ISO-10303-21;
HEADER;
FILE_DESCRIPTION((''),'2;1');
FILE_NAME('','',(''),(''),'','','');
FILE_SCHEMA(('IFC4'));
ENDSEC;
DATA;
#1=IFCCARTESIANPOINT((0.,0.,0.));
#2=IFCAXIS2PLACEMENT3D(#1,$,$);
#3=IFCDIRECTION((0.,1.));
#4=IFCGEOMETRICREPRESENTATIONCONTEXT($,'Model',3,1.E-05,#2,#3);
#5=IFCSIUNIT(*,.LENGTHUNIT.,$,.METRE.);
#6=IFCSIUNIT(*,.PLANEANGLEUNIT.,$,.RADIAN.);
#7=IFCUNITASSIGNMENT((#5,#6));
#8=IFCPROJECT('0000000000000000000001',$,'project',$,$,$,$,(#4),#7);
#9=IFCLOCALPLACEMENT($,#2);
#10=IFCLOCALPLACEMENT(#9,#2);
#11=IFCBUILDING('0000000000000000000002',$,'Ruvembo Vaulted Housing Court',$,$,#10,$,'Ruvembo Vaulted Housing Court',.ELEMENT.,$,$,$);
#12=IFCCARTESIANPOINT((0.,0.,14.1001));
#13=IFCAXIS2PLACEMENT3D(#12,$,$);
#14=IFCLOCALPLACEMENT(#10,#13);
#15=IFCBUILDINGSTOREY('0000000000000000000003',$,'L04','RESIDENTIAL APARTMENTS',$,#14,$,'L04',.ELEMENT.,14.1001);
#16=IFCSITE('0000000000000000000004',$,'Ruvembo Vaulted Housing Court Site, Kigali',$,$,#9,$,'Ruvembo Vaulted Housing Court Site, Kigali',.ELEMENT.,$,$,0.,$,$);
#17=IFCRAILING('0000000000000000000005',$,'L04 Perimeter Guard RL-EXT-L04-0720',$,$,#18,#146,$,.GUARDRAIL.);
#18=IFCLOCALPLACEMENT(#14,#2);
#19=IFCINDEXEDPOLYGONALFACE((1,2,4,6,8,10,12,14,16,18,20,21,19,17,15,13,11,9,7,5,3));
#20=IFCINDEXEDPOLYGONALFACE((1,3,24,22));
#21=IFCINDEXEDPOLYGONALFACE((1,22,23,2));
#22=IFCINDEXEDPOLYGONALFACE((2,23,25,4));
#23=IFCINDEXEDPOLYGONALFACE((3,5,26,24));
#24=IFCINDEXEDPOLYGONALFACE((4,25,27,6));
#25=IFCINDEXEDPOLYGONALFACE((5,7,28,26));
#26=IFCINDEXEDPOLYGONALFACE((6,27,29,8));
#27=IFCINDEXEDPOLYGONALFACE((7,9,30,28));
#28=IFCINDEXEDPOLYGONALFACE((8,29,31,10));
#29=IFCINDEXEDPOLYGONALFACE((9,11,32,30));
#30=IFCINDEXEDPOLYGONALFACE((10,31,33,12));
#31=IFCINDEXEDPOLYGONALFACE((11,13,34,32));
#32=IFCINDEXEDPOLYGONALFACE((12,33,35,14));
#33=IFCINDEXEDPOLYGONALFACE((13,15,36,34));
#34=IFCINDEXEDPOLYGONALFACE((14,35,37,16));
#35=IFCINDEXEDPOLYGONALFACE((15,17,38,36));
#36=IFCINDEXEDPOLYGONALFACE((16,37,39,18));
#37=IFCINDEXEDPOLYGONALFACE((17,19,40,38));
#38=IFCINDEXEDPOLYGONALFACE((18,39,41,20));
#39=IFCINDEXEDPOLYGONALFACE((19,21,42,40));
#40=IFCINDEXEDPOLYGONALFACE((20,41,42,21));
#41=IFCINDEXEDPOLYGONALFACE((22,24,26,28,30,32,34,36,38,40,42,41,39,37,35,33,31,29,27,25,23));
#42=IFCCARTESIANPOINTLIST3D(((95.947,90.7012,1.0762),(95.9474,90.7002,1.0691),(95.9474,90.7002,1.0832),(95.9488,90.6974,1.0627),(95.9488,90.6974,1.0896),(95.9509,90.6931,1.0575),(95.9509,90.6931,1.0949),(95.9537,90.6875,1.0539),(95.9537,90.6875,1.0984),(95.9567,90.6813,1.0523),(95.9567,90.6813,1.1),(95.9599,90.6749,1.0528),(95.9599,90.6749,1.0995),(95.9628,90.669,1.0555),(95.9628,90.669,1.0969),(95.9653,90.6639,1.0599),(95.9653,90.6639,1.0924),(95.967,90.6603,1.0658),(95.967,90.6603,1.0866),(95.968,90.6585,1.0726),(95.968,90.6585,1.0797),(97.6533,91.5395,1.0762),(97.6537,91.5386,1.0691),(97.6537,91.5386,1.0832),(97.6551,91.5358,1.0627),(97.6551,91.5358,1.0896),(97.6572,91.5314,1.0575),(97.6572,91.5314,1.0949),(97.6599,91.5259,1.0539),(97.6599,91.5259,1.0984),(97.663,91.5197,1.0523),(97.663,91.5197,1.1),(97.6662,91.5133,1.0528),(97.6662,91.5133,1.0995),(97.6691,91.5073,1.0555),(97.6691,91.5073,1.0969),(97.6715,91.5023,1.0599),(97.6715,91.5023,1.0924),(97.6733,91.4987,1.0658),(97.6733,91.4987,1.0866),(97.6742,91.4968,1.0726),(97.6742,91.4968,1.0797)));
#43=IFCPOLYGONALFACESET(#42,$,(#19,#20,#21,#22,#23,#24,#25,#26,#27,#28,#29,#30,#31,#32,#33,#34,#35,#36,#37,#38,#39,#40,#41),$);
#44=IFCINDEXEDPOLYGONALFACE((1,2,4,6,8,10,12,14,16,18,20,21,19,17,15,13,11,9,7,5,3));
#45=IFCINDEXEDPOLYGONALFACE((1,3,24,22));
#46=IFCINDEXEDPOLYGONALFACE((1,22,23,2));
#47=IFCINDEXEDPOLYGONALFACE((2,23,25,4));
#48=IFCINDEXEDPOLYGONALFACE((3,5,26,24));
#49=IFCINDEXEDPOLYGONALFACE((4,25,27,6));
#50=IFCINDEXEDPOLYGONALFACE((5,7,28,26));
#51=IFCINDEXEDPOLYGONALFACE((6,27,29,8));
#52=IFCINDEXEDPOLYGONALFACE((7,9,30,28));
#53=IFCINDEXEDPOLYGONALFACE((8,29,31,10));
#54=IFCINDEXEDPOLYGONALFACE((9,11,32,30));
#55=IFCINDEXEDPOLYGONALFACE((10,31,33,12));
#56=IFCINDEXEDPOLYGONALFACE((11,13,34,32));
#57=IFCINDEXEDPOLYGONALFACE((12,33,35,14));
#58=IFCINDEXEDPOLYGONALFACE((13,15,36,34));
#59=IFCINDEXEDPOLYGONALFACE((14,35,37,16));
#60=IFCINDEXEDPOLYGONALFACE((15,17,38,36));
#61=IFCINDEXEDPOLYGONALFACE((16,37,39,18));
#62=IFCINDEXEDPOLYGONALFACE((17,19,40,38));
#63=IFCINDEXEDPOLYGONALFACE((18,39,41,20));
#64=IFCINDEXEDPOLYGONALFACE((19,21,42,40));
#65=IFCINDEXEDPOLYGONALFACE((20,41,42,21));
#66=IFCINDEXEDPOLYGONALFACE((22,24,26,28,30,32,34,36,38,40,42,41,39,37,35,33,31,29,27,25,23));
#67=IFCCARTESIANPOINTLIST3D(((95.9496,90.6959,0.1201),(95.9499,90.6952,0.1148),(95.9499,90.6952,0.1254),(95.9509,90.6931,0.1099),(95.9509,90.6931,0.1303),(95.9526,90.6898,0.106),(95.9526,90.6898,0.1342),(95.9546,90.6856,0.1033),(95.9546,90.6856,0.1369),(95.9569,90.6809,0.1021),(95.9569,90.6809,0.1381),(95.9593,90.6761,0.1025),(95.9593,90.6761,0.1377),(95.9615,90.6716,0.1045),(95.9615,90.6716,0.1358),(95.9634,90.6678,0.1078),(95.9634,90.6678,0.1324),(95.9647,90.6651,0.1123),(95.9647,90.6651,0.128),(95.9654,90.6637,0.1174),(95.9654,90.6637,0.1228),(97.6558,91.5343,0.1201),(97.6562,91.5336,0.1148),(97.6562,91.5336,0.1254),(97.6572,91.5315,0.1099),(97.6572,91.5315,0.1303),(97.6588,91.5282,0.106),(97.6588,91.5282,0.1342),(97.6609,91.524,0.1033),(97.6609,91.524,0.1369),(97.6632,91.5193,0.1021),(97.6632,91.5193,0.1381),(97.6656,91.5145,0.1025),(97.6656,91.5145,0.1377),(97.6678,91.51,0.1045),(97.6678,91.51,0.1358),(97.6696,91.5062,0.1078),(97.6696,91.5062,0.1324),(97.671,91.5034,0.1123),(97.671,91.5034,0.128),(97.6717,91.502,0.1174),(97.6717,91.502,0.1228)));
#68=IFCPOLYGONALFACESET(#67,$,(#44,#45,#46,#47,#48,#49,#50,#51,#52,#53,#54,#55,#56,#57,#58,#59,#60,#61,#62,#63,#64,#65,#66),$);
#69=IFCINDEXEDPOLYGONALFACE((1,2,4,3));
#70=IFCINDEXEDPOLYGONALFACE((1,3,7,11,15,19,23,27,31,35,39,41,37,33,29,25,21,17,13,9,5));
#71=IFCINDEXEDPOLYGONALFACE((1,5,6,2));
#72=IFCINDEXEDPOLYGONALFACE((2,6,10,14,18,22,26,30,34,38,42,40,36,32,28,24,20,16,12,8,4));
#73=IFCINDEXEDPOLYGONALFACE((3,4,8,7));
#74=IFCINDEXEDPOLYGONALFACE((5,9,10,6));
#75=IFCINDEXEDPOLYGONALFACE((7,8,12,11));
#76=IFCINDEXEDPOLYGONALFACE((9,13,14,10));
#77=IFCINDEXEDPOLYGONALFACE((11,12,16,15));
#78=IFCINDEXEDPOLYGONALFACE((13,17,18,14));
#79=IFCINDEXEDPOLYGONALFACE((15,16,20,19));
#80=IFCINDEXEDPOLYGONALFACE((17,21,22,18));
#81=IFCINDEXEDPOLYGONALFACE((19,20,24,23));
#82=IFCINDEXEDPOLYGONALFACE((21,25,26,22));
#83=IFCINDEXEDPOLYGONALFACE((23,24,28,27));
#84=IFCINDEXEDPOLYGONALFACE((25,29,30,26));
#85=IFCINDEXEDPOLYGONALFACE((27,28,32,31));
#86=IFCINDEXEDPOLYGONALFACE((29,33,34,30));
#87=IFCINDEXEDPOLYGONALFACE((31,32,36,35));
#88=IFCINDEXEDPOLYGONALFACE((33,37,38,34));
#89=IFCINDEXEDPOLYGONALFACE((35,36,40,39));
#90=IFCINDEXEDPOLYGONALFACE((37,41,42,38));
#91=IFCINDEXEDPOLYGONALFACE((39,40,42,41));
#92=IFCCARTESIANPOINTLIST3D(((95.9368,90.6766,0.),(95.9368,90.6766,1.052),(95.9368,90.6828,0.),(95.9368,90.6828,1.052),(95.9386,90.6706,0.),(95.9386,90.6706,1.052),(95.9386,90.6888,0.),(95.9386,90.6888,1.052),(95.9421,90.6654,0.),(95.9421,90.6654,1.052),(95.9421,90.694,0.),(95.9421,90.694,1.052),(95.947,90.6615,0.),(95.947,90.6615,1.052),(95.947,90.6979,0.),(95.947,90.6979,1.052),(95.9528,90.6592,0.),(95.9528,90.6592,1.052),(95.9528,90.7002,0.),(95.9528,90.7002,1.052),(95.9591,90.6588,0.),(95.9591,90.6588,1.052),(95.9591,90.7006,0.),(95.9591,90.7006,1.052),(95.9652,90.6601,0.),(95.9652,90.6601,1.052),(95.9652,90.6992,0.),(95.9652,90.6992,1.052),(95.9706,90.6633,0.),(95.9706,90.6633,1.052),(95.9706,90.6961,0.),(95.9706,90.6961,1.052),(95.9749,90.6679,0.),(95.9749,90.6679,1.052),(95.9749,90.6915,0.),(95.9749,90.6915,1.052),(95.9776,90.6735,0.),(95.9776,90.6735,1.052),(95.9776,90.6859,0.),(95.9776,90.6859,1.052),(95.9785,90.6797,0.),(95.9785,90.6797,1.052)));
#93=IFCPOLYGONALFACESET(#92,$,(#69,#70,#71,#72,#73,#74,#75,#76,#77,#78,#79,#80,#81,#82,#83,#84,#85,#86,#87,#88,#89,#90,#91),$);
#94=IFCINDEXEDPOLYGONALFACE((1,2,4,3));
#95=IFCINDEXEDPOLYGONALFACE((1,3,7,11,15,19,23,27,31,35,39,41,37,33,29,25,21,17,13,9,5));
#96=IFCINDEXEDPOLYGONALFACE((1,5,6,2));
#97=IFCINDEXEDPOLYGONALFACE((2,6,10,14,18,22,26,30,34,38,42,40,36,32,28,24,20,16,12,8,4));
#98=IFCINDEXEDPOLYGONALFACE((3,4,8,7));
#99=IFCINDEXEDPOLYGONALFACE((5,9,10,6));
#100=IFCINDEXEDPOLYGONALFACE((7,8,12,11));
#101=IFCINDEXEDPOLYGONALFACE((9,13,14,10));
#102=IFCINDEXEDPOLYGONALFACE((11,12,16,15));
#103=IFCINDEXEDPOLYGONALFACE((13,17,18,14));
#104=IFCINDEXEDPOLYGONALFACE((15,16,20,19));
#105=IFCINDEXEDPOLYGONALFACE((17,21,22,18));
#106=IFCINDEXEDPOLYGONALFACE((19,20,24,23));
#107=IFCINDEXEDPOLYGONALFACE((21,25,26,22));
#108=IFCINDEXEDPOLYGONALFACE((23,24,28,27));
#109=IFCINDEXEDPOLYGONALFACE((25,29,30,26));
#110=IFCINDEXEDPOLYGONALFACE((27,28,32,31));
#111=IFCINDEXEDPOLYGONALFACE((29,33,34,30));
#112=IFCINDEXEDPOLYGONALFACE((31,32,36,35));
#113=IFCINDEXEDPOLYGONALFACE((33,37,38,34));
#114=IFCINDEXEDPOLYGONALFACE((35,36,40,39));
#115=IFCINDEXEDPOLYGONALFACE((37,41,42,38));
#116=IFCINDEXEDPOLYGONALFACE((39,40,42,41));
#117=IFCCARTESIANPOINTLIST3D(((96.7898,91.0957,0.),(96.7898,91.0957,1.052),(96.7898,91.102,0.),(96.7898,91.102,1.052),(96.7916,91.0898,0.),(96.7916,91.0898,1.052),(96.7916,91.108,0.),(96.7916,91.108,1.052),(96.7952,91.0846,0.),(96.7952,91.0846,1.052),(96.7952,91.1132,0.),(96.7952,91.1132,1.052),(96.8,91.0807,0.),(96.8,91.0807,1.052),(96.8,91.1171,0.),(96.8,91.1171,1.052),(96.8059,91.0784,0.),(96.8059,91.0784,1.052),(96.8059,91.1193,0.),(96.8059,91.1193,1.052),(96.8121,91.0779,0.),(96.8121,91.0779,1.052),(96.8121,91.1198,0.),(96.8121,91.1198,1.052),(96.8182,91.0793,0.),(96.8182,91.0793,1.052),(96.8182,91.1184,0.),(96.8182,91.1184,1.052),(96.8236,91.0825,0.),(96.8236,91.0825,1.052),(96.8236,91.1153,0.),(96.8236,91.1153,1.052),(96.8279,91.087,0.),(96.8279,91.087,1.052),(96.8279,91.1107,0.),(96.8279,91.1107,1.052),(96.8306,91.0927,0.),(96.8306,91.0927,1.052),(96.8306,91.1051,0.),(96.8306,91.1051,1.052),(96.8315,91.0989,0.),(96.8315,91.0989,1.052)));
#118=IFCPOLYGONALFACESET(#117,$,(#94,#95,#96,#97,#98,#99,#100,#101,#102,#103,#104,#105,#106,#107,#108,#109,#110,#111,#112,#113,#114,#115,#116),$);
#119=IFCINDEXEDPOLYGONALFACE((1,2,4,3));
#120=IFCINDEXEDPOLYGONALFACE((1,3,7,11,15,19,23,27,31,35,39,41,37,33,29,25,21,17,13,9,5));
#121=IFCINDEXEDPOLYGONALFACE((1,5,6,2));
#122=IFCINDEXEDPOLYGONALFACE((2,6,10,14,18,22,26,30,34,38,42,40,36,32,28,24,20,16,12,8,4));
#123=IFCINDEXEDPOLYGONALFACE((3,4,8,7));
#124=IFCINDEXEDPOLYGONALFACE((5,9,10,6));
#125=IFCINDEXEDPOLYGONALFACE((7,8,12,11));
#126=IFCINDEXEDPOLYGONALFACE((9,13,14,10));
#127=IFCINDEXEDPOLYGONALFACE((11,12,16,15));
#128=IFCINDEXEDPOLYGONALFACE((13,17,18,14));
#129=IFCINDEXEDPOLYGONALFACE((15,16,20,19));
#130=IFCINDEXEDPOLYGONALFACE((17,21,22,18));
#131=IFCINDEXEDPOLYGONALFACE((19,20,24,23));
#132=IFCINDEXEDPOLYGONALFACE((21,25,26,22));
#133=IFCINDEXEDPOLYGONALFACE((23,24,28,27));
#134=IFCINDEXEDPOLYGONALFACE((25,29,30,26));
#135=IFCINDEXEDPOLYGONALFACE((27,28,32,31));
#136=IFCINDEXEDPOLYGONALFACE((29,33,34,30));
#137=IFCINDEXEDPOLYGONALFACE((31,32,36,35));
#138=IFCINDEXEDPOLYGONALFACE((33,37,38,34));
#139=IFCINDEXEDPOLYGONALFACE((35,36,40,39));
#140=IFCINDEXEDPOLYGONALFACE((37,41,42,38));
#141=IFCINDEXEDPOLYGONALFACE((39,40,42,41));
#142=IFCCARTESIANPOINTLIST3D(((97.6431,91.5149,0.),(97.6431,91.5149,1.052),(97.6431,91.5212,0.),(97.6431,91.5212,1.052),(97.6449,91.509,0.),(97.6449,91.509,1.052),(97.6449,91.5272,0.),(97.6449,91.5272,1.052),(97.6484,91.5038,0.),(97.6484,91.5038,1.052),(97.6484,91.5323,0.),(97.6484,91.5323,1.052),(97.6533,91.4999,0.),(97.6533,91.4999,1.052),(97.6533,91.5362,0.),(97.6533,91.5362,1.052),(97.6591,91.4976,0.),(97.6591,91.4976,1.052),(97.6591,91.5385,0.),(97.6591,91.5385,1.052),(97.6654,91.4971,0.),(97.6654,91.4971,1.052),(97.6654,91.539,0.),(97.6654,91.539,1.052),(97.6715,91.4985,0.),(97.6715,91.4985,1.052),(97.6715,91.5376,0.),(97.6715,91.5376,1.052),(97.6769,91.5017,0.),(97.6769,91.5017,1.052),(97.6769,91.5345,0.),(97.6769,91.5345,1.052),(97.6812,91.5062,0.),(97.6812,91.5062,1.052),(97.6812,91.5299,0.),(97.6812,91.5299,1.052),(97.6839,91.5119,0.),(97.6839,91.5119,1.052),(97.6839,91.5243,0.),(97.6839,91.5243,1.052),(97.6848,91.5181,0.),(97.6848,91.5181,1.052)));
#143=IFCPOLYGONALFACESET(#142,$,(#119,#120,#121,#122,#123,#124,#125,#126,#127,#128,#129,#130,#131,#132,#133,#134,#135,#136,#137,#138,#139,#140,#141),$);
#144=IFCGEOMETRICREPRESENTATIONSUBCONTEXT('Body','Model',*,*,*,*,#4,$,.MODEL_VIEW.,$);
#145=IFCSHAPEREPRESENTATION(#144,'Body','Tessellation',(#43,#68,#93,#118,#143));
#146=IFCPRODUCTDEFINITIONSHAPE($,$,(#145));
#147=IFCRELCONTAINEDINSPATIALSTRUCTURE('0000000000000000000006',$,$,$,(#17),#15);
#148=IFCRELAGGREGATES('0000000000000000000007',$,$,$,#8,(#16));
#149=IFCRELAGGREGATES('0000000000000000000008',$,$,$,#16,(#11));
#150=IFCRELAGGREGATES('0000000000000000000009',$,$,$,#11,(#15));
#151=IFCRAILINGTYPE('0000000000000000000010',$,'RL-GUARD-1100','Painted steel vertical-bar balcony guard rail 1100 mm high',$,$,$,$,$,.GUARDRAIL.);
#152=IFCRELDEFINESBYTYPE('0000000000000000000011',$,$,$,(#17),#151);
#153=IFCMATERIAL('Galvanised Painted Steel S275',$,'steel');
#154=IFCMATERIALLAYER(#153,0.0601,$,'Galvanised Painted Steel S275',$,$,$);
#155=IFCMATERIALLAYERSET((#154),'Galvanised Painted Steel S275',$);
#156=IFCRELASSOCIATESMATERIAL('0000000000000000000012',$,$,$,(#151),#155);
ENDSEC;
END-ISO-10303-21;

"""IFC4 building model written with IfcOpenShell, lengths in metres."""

from ifc_helpers import new_model, si_unit, direction, frame, origin, origin_2d, place, context, subcontext, project, spatial, circle, extrude, material, layer, layer_set, type_object, element, save


model = new_model("IFC4")

# Units and contexts
model_context = context("Model", 3, precision=1e-05, world=origin(), true_north=direction((0.0, 1.0)))
body_context = subcontext(model_context, "Body", "Model", "MODEL_VIEW")
ifc_project = project(units=[si_unit("LENGTHUNIT", "METRE"), si_unit("PLANEANGLEUNIT", "RADIAN")], contexts=[model_context])

# Site, building, storey
site_placement = place(None, origin())
site = spatial("IfcSite", under=ifc_project, at=site_placement, Name="Ruvembo Vaulted Housing Court Site, Kigali", LongName="Ruvembo Vaulted Housing Court Site, Kigali", CompositionType="ELEMENT", RefElevation=0.0)
building_placement = place(site_placement, origin())
building = spatial("IfcBuilding", under=site, at=building_placement, Name="Ruvembo Vaulted Housing Court", LongName="Ruvembo Vaulted Housing Court", CompositionType="ELEMENT")
storey_placement = place(building_placement, frame((0.0, 0.0, 14.1001)))
storey = spatial("IfcBuildingStorey", under=building, at=storey_placement, Name="L04", Description="RESIDENTIAL APARTMENTS", LongName="L04", CompositionType="ELEMENT", Elevation=14.1001)

# Railing
ifc_material_1 = material(Name="Galvanised Painted Steel S275", Category="steel")
ifc_layer_1 = layer(ifc_material_1, 0.0601, Name="Galvanised Painted Steel S275")
ifc_layer_set_1 = layer_set([ifc_layer_1], Name="Galvanised Painted Steel S275")
railing_type = type_object("IfcRailingType", Name="RL-GUARD-1100", Description="Painted steel vertical-bar balcony guard rail 1100 mm high", PredefinedType="GUARDRAIL", material=ifc_layer_set_1)
railing_1_placement = place(storey_placement, frame((95.9575, 90.6797, 0.0)))
element("IfcRailing", 1, at=railing_1_placement, inside=storey, type_object=railing_type, Name="L04 Perimeter Guard RL-EXT-L04-0720", PredefinedType="GUARDRAIL", context=body_context, shape_type="SweptSolid", body=[
    extrude(circle(Radius=0.0239, at=origin_2d()), frame((0.0, 0.0, 1.0762), z_axis=(0.897513, 0.440987, 0.0), x_axis=(-0.440987, 0.897513, 0.0)), (0.0, 0.0, 1.0), 1.9011),
    extrude(circle(Radius=0.0181, at=origin_2d()), frame((0.0, 0.0, 0.1201), z_axis=(0.897513, 0.440987, 0.0), x_axis=(-0.440987, 0.897513, 0.0)), (0.0, 0.0, 1.0), 1.9011),
    extrude(circle(Radius=0.021, at=origin_2d()), origin(), (0.0, 0.0, 1.0), 1.052),
    extrude(circle(Radius=0.021, at=origin_2d()), frame((0.853, 0.4192, 0.0)), (0.0, 0.0, 1.0), 1.052),
    extrude(circle(Radius=0.021, at=origin_2d()), frame((1.7063, 0.8384, 0.0)), (0.0, 0.0, 1.0), 1.052),
])

save(model, "model.ifc")
